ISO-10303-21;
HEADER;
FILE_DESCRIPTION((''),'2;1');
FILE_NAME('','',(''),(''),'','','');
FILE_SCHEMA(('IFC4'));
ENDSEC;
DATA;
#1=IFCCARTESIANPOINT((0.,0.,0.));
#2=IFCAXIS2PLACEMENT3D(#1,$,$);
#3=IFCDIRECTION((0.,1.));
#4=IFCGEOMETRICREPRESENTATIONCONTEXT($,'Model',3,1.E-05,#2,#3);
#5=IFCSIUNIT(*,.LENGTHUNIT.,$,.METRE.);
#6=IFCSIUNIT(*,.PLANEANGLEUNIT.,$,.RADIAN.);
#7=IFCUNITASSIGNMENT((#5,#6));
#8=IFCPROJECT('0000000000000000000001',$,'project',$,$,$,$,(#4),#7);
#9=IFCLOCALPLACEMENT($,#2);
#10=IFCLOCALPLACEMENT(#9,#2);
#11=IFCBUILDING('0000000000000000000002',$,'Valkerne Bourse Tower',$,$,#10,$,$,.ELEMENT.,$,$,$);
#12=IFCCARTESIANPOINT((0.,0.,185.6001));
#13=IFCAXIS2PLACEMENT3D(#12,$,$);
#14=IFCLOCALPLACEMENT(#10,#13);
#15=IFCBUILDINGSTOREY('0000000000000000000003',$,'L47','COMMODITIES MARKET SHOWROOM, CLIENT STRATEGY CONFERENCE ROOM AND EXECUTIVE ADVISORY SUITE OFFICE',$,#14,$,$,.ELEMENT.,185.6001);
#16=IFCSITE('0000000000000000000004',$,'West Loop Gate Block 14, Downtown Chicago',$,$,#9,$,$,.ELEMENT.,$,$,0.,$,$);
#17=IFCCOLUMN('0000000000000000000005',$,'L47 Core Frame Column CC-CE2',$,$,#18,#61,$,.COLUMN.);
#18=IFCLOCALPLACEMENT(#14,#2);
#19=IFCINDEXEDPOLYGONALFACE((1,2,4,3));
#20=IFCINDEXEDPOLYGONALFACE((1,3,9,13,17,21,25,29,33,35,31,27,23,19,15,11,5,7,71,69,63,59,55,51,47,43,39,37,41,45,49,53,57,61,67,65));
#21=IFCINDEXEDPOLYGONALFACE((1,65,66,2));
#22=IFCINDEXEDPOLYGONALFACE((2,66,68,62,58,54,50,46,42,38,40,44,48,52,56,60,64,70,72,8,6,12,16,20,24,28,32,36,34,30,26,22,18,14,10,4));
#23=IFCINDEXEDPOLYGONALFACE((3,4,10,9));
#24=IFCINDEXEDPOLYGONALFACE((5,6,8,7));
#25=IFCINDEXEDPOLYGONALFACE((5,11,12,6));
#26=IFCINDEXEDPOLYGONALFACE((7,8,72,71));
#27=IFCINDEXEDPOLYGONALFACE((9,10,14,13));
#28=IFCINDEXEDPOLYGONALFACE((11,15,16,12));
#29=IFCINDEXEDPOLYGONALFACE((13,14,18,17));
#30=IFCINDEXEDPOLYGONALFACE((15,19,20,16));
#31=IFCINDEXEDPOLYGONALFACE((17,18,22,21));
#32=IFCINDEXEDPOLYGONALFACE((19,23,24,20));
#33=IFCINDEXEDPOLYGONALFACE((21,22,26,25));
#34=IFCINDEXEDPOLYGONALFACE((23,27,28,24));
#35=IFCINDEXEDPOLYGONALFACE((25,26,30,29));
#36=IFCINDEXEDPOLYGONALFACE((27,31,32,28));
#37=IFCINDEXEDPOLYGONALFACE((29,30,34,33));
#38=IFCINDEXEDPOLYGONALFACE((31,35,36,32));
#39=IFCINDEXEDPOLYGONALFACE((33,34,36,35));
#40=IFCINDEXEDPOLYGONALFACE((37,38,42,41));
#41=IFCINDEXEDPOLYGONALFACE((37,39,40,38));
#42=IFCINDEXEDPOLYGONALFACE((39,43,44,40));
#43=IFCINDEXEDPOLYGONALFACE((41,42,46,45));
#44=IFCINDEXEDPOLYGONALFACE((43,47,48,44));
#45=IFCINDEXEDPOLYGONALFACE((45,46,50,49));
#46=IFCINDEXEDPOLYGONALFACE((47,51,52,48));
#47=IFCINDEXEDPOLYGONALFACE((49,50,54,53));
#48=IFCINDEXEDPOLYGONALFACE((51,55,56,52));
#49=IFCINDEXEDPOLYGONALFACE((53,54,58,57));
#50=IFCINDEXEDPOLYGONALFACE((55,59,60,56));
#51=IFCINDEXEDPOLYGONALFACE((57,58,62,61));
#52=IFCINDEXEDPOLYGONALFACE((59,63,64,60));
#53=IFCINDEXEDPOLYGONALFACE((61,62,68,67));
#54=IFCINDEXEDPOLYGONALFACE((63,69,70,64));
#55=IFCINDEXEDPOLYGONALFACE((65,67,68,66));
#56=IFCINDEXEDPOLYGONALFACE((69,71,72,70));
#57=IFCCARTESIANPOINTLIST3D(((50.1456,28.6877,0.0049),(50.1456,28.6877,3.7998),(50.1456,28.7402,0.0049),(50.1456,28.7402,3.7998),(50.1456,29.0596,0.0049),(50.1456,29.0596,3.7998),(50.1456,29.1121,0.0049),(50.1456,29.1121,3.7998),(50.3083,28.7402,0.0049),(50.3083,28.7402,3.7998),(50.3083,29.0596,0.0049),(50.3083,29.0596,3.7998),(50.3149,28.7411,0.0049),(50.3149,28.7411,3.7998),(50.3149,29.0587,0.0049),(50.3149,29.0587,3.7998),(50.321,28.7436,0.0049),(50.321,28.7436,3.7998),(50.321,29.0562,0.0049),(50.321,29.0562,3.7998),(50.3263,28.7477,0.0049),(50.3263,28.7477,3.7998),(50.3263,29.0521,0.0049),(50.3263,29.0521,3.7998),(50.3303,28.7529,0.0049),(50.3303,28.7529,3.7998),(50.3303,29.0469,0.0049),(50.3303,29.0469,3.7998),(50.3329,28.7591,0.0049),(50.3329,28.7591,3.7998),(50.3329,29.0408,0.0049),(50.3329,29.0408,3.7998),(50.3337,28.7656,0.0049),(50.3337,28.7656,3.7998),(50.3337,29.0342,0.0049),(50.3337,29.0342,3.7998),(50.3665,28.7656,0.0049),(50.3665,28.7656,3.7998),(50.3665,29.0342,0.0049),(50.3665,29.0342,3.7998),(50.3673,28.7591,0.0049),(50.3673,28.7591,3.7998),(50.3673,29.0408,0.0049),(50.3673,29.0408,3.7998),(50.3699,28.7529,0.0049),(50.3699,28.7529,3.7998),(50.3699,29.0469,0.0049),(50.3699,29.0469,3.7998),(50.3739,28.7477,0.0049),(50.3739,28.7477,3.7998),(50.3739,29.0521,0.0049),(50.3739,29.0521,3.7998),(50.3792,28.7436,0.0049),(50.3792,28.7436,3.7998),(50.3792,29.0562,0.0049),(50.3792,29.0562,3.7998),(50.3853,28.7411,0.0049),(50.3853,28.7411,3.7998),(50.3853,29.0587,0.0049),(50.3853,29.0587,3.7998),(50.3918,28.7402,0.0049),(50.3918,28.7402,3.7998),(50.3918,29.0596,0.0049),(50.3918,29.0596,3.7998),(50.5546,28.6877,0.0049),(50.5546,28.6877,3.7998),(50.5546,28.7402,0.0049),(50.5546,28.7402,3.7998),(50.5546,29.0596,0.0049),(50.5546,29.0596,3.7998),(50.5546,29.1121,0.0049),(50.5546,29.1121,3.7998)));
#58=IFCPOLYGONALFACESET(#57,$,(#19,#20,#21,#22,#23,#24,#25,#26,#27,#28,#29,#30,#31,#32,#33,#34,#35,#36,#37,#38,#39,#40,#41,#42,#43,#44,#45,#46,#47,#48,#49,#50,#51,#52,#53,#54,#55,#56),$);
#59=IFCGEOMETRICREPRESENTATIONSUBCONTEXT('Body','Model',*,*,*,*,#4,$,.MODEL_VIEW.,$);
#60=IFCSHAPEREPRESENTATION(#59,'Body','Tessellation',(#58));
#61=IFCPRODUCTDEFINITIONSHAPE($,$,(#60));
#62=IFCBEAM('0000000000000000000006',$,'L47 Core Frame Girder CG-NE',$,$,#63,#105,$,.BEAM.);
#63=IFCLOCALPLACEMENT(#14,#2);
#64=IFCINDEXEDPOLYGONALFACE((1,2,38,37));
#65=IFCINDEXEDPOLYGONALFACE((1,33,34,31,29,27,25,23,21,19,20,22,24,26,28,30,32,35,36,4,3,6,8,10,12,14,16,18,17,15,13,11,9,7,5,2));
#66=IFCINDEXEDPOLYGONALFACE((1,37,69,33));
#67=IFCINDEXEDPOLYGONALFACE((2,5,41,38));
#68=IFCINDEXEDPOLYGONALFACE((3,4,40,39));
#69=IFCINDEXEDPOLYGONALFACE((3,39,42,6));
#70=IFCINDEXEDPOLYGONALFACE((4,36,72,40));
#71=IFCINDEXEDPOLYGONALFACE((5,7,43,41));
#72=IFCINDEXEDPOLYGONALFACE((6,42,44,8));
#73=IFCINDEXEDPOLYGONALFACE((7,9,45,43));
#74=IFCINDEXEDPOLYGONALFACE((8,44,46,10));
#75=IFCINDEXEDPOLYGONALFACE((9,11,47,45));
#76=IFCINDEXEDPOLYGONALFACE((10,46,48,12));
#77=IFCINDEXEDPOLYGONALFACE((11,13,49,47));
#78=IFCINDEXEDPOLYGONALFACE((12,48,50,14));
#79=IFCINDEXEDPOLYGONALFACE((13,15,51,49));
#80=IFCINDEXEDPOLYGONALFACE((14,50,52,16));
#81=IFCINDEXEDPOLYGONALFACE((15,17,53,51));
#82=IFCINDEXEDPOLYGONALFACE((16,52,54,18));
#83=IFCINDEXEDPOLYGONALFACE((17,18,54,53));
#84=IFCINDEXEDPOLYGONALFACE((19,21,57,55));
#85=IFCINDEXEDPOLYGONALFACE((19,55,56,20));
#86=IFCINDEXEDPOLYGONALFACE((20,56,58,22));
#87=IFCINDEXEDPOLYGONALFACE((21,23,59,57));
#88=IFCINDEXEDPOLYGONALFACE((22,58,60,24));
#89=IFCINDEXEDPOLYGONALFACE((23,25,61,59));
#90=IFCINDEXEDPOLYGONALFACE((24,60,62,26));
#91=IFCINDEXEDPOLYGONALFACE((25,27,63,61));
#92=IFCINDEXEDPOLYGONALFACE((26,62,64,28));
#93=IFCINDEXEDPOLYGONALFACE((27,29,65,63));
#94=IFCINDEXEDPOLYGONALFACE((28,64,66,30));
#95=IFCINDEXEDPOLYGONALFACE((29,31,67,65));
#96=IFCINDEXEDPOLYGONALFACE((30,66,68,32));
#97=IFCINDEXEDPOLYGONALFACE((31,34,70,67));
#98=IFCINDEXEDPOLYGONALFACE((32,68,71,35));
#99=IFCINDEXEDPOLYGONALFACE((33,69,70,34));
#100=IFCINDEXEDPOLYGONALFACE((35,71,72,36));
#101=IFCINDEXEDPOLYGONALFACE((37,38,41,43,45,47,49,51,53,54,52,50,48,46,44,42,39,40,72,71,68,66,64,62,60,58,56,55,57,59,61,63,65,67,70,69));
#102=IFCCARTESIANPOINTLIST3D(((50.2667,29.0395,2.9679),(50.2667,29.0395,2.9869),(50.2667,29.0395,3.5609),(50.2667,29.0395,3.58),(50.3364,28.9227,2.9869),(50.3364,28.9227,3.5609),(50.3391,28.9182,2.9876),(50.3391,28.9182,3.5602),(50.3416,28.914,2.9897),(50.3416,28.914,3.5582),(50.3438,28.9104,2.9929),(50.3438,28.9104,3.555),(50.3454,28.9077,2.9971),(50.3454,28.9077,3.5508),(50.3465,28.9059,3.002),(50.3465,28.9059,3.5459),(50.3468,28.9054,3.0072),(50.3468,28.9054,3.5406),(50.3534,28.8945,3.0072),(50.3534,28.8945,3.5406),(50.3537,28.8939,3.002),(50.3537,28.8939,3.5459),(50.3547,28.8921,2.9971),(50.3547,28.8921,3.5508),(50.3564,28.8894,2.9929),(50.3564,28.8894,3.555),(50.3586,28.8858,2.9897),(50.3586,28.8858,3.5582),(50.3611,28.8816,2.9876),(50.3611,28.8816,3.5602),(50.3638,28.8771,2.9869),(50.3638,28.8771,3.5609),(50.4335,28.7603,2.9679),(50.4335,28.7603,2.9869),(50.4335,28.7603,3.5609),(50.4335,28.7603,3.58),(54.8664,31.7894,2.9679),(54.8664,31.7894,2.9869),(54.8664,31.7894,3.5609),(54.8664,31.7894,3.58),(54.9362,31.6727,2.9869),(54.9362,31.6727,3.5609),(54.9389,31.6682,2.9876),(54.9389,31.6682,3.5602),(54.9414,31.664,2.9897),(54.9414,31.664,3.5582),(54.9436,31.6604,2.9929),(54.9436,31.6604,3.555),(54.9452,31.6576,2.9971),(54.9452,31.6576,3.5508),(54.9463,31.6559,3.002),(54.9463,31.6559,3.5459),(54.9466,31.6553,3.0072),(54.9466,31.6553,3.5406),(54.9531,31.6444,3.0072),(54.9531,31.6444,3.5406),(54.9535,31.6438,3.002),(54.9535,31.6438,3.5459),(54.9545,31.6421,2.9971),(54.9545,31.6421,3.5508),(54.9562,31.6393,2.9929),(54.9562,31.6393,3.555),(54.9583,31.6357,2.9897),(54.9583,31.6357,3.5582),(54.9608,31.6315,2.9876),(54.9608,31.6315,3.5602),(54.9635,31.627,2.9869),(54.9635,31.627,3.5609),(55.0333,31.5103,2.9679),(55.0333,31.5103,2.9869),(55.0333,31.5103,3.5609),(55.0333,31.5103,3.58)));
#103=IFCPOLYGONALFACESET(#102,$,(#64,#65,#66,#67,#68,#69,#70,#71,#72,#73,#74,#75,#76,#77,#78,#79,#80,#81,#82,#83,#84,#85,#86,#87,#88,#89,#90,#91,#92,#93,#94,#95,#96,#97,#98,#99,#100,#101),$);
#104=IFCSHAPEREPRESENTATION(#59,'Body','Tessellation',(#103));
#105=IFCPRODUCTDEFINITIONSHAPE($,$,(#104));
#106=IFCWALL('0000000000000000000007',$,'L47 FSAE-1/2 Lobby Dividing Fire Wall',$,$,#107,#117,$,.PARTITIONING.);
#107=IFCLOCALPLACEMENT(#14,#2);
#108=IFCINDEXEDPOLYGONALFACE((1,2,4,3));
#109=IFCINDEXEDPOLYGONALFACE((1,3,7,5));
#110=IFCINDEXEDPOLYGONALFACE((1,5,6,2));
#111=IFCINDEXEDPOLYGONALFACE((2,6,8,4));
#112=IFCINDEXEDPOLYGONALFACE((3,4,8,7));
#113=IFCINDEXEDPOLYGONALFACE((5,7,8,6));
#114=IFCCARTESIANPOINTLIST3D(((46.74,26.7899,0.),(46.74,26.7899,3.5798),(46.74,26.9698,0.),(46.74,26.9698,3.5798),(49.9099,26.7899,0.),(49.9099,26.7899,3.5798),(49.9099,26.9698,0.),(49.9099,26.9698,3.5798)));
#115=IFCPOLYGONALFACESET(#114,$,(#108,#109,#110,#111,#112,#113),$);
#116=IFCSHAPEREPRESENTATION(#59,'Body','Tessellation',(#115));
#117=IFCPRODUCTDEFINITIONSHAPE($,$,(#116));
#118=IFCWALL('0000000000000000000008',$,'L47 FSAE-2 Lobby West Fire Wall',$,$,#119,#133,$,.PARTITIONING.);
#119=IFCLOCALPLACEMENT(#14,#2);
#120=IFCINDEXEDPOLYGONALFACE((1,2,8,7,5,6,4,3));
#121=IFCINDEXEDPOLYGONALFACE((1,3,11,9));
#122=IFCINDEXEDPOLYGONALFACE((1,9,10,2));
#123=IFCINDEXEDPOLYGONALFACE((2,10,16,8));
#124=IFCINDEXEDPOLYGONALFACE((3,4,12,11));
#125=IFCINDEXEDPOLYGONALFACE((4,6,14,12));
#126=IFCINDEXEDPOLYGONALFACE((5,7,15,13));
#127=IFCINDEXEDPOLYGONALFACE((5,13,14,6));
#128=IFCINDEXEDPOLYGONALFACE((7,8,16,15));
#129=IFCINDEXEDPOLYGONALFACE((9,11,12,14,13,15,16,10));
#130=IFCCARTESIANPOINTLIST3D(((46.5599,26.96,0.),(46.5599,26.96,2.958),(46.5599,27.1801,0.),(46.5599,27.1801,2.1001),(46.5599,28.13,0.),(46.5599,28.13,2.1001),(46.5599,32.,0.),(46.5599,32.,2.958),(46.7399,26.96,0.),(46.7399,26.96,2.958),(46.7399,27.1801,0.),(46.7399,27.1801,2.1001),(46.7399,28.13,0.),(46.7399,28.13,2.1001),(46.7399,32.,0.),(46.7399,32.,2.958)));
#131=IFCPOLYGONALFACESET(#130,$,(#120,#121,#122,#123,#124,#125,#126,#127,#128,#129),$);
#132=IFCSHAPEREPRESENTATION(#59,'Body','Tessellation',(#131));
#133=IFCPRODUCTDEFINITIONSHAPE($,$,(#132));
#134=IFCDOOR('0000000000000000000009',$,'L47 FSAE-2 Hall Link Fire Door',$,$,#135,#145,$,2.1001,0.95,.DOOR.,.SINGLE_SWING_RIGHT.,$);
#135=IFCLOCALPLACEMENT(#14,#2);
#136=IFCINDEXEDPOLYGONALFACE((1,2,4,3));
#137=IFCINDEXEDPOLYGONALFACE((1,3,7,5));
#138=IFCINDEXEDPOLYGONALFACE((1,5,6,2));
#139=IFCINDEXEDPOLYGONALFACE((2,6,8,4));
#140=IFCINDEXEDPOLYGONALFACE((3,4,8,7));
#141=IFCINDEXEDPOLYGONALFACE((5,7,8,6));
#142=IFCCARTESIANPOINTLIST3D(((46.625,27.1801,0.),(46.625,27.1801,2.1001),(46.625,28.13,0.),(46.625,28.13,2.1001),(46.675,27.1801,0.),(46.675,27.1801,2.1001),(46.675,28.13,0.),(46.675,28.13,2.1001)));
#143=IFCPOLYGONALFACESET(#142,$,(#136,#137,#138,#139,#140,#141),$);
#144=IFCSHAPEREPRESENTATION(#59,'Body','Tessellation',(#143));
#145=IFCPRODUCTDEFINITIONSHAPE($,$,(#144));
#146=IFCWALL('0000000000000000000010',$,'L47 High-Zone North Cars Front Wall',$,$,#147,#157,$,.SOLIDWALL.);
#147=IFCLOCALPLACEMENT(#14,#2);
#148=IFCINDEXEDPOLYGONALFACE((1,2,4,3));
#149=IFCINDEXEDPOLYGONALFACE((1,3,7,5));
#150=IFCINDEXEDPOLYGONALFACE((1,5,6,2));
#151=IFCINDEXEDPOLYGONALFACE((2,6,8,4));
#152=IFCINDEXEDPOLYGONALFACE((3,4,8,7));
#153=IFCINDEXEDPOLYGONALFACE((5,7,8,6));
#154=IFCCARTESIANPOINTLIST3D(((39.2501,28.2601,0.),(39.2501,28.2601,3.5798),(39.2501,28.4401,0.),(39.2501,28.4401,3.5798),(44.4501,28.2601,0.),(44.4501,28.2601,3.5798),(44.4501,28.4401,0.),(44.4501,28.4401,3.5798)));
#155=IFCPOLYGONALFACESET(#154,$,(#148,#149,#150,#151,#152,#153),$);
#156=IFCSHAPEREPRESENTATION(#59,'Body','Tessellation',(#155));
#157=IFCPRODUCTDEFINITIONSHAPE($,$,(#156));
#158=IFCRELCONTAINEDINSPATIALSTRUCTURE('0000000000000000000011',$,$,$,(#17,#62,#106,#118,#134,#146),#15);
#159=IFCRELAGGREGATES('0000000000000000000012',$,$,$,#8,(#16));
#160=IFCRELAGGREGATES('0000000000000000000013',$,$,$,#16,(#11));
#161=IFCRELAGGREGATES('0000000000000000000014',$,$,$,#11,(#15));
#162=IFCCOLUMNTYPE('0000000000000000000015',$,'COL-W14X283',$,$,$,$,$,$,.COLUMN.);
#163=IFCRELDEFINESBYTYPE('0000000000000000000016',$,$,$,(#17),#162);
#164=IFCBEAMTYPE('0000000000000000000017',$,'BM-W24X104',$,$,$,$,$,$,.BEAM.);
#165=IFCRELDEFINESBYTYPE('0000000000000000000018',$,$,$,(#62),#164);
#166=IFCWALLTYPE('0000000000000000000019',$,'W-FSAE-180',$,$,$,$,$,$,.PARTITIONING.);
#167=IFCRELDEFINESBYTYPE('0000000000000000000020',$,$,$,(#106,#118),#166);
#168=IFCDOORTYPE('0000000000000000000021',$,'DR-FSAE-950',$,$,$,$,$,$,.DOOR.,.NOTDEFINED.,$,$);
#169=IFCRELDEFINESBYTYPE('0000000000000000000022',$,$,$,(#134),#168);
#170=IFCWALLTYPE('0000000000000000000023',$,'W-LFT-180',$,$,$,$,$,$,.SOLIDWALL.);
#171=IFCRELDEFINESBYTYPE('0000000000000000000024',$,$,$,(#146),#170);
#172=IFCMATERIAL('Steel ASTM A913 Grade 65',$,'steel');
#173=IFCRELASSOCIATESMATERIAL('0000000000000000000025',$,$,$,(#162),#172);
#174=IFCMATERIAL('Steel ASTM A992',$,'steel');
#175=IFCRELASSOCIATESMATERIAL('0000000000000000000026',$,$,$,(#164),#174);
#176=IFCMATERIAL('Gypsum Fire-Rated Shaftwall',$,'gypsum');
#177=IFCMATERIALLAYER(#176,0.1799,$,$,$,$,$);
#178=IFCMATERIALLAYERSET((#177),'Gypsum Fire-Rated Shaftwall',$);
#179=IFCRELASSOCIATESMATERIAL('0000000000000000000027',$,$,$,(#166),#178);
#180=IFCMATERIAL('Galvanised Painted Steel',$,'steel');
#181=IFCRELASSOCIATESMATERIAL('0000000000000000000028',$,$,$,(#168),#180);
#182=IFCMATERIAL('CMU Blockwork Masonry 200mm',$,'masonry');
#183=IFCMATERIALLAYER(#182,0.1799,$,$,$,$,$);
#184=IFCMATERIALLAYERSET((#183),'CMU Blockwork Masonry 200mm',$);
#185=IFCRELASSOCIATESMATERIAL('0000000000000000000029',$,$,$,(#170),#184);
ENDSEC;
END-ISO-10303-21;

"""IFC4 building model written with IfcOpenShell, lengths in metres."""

from ifc_helpers import new_model, si_unit, direction, frame, frame_2d, origin, origin_2d, place, context, subcontext, project, spatial, rectangle, i_section, extrude, material, layer, layer_set, material_profile, profile_set, type_object, element, fill, save


model = new_model("IFC4")

# Units and contexts
model_context = context("Model", 3, precision=1e-05, world=origin(), true_north=direction((0.0, 1.0)))
body_context = subcontext(model_context, "Body", "Model", "MODEL_VIEW")
ifc_project = project(units=[si_unit("LENGTHUNIT", "METRE"), si_unit("PLANEANGLEUNIT", "RADIAN")], contexts=[model_context])

# Site, building, storey
site_placement = place(None, origin())
site = spatial("IfcSite", under=ifc_project, at=site_placement, Name="West Loop Gate Block 14, Downtown Chicago", CompositionType="ELEMENT", RefElevation=0.0)
building_placement = place(site_placement, origin())
building = spatial("IfcBuilding", under=site, at=building_placement, Name="Valkerne Bourse Tower", CompositionType="ELEMENT")
storey_placement = place(building_placement, frame((0.0, 0.0, 185.6001)))
storey = spatial("IfcBuildingStorey", under=building, at=storey_placement, Name="L47", Description="COMMODITIES MARKET SHOWROOM, CLIENT STRATEGY CONFERENCE ROOM AND EXECUTIVE ADVISORY SUITE OFFICE", CompositionType="ELEMENT", Elevation=185.6001)

# Column
ifc_material_1 = material(Name="Steel ASTM A913 Grade 65", Category="steel")
ifc_material_profile_1 = material_profile(ifc_material_1, i_section(OverallWidth=0.4089, OverallDepth=0.4243, WebThickness=0.0327, FlangeThickness=0.0525, FilletRadius=0.0254, at=origin_2d()), Name="W14X283")
ifc_profile_set_1 = profile_set([ifc_material_profile_1], Name="Steel ASTM A913 Grade 65")
column_type = type_object("IfcColumnType", Name="COL-W14X283", PredefinedType="COLUMN", material=ifc_profile_set_1)
column_placement = place(storey_placement, frame((50.3501, 28.8999, 0.0049), z_axis=(0.0, 0.0, 1.0), x_axis=(1.0, 0.0, 0.0)))
element("IfcColumn", 1, at=column_placement, inside=storey, type_object=column_type, Name="L47 Core Frame Column CC-CE2", PredefinedType="COLUMN", context=body_context, shape_type="SweptSolid", body=[
    extrude(i_section(OverallWidth=0.4089, OverallDepth=0.4243, WebThickness=0.0327, FlangeThickness=0.0525, FilletRadius=0.0254, at=origin_2d()), origin(), (0.0, 0.0, 1.0), 3.7949),
])

# Beam
ifc_material_2 = material(Name="Steel ASTM A992", Category="steel")
ifc_material_profile_2 = material_profile(ifc_material_2, i_section(OverallWidth=0.3252, OverallDepth=0.6121, WebThickness=0.0127, FlangeThickness=0.019, FilletRadius=0.0203, at=origin_2d()), Name="W24X104")
ifc_profile_set_2 = profile_set([ifc_material_profile_2], Name="Steel ASTM A992")
beam_type = type_object("IfcBeamType", Name="BM-W24X104", PredefinedType="BEAM", material=ifc_profile_set_2)
beam_placement = place(storey_placement, frame((50.3501, 28.8999, 3.2739), z_axis=(0.858308, 0.513135, 0.0), x_axis=(-0.513135, 0.858308, 0.0)))
element("IfcBeam", 2, at=beam_placement, inside=storey, type_object=beam_type, Name="L47 Core Frame Girder CG-NE", PredefinedType="BEAM", context=body_context, shape_type="SweptSolid", body=[
    extrude(i_section(OverallWidth=0.3252, OverallDepth=0.6121, WebThickness=0.0127, FlangeThickness=0.019, FilletRadius=0.0203, at=origin_2d()), origin(), (0.0, 0.0, 1.0), 5.3591),
])

# Wall
ifc_material_3 = material(Name="Gypsum Fire-Rated Shaftwall", Category="gypsum")
ifc_layer_1 = layer(ifc_material_3, 0.1799)
ifc_layer_set_1 = layer_set([ifc_layer_1], Name="Gypsum Fire-Rated Shaftwall")
wall_type_1 = type_object("IfcWallType", Name="W-FSAE-180", PredefinedType="PARTITIONING", material=ifc_layer_set_1)
wall_1_placement = place(storey_placement, frame((46.74, 26.8799, 0.0), z_axis=(0.0, 0.0, 1.0), x_axis=(1.0, 0.0, 0.0)))
element("IfcWall", 3, at=wall_1_placement, inside=storey, type_object=wall_type_1, Name="L47 FSAE-1/2 Lobby Dividing Fire Wall", PredefinedType="PARTITIONING", context=body_context, shape_type="SweptSolid", body=[
    extrude(rectangle(XDim=3.1699, YDim=0.1799, at=frame_2d((1.585, 0.0))), origin(), (0.0, 0.0, 1.0), 3.5798),
])

# Wall, opening, door
wall_2_placement = place(storey_placement, frame((46.6499, 26.96, 0.0), z_axis=(0.0, 0.0, 1.0), x_axis=(0.0, 1.0, 0.0)))
wall_2 = element("IfcWall", 4, at=wall_2_placement, inside=storey, type_object=wall_type_1, Name="L47 FSAE-2 Lobby West Fire Wall", PredefinedType="PARTITIONING", context=body_context, shape_type="SweptSolid", body=[
    extrude(rectangle(XDim=5.04, YDim=0.1799, at=frame_2d((2.52, 0.0))), origin(), (0.0, 0.0, 1.0), 2.958),
])
opening_1_placement = place(wall_2_placement, frame((0.22, 0.0, 0.0)))
opening_1 = element("IfcOpeningElement", 5, at=opening_1_placement, cuts=wall_2, PredefinedType="OPENING", context=body_context, shape_type="SweptSolid", body=[
    extrude(rectangle(XDim=0.95, YDim=2.1001, at=frame_2d((0.4751, 1.05))), frame((0.0, 0.0999, 0.0), z_axis=(0.0, -1.0, 0.0), x_axis=(1.0, 0.0, 0.0)), (0.0, 0.0, 1.0), 0.2),
])
ifc_material_4 = material(Name="Galvanised Painted Steel", Category="steel")
door_type_1 = type_object("IfcDoorType", Name="DR-FSAE-950", OperationType="NOTDEFINED", PredefinedType="DOOR", material=ifc_material_4)
door_1_placement = place(opening_1_placement, origin())
door_1 = element("IfcDoor", 6, at=door_1_placement, inside=storey, type_object=door_type_1, Name="L47 FSAE-2 Hall Link Fire Door", OperationType="SINGLE_SWING_RIGHT", OverallHeight=2.1001, OverallWidth=0.95, PredefinedType="DOOR", context=body_context, shape_type="SweptSolid", body=[
    extrude(rectangle(XDim=0.95, YDim=2.1001, at=frame_2d((0.4751, 1.05))), frame((0.0, 0.0249, 0.0), z_axis=(0.0, -1.0, 0.0), x_axis=(1.0, 0.0, 0.0)), (0.0, 0.0, 1.0), 0.05),
])
fill(opening_1, door_1)

# Shared definitions
ifc_material_5 = material(Name="CMU Blockwork Masonry 200mm", Category="masonry")
ifc_layer_2 = layer(ifc_material_5, 0.1799)
ifc_layer_set_2 = layer_set([ifc_layer_2], Name="CMU Blockwork Masonry 200mm")
wall_type_2 = type_object("IfcWallType", Name="W-LFT-180", PredefinedType="SOLIDWALL", material=ifc_layer_set_2)

# Wall
wall_3_placement = place(storey_placement, frame((39.25, 28.3501, 0.0), z_axis=(0.0, 0.0, 1.0), x_axis=(1.0, 0.0, 0.0)))
element("IfcWall", 7, at=wall_3_placement, inside=storey, type_object=wall_type_2, Name="L47 High-Zone North Cars Front Wall", PredefinedType="SOLIDWALL", context=body_context, shape_type="SweptSolid", body=[
    extrude(rectangle(XDim=5.2, YDim=0.1799, at=frame_2d((2.6001, 0.0))), origin(), (0.0, 0.0, 1.0), 3.5798),
])

save(model, "model.ifc")
